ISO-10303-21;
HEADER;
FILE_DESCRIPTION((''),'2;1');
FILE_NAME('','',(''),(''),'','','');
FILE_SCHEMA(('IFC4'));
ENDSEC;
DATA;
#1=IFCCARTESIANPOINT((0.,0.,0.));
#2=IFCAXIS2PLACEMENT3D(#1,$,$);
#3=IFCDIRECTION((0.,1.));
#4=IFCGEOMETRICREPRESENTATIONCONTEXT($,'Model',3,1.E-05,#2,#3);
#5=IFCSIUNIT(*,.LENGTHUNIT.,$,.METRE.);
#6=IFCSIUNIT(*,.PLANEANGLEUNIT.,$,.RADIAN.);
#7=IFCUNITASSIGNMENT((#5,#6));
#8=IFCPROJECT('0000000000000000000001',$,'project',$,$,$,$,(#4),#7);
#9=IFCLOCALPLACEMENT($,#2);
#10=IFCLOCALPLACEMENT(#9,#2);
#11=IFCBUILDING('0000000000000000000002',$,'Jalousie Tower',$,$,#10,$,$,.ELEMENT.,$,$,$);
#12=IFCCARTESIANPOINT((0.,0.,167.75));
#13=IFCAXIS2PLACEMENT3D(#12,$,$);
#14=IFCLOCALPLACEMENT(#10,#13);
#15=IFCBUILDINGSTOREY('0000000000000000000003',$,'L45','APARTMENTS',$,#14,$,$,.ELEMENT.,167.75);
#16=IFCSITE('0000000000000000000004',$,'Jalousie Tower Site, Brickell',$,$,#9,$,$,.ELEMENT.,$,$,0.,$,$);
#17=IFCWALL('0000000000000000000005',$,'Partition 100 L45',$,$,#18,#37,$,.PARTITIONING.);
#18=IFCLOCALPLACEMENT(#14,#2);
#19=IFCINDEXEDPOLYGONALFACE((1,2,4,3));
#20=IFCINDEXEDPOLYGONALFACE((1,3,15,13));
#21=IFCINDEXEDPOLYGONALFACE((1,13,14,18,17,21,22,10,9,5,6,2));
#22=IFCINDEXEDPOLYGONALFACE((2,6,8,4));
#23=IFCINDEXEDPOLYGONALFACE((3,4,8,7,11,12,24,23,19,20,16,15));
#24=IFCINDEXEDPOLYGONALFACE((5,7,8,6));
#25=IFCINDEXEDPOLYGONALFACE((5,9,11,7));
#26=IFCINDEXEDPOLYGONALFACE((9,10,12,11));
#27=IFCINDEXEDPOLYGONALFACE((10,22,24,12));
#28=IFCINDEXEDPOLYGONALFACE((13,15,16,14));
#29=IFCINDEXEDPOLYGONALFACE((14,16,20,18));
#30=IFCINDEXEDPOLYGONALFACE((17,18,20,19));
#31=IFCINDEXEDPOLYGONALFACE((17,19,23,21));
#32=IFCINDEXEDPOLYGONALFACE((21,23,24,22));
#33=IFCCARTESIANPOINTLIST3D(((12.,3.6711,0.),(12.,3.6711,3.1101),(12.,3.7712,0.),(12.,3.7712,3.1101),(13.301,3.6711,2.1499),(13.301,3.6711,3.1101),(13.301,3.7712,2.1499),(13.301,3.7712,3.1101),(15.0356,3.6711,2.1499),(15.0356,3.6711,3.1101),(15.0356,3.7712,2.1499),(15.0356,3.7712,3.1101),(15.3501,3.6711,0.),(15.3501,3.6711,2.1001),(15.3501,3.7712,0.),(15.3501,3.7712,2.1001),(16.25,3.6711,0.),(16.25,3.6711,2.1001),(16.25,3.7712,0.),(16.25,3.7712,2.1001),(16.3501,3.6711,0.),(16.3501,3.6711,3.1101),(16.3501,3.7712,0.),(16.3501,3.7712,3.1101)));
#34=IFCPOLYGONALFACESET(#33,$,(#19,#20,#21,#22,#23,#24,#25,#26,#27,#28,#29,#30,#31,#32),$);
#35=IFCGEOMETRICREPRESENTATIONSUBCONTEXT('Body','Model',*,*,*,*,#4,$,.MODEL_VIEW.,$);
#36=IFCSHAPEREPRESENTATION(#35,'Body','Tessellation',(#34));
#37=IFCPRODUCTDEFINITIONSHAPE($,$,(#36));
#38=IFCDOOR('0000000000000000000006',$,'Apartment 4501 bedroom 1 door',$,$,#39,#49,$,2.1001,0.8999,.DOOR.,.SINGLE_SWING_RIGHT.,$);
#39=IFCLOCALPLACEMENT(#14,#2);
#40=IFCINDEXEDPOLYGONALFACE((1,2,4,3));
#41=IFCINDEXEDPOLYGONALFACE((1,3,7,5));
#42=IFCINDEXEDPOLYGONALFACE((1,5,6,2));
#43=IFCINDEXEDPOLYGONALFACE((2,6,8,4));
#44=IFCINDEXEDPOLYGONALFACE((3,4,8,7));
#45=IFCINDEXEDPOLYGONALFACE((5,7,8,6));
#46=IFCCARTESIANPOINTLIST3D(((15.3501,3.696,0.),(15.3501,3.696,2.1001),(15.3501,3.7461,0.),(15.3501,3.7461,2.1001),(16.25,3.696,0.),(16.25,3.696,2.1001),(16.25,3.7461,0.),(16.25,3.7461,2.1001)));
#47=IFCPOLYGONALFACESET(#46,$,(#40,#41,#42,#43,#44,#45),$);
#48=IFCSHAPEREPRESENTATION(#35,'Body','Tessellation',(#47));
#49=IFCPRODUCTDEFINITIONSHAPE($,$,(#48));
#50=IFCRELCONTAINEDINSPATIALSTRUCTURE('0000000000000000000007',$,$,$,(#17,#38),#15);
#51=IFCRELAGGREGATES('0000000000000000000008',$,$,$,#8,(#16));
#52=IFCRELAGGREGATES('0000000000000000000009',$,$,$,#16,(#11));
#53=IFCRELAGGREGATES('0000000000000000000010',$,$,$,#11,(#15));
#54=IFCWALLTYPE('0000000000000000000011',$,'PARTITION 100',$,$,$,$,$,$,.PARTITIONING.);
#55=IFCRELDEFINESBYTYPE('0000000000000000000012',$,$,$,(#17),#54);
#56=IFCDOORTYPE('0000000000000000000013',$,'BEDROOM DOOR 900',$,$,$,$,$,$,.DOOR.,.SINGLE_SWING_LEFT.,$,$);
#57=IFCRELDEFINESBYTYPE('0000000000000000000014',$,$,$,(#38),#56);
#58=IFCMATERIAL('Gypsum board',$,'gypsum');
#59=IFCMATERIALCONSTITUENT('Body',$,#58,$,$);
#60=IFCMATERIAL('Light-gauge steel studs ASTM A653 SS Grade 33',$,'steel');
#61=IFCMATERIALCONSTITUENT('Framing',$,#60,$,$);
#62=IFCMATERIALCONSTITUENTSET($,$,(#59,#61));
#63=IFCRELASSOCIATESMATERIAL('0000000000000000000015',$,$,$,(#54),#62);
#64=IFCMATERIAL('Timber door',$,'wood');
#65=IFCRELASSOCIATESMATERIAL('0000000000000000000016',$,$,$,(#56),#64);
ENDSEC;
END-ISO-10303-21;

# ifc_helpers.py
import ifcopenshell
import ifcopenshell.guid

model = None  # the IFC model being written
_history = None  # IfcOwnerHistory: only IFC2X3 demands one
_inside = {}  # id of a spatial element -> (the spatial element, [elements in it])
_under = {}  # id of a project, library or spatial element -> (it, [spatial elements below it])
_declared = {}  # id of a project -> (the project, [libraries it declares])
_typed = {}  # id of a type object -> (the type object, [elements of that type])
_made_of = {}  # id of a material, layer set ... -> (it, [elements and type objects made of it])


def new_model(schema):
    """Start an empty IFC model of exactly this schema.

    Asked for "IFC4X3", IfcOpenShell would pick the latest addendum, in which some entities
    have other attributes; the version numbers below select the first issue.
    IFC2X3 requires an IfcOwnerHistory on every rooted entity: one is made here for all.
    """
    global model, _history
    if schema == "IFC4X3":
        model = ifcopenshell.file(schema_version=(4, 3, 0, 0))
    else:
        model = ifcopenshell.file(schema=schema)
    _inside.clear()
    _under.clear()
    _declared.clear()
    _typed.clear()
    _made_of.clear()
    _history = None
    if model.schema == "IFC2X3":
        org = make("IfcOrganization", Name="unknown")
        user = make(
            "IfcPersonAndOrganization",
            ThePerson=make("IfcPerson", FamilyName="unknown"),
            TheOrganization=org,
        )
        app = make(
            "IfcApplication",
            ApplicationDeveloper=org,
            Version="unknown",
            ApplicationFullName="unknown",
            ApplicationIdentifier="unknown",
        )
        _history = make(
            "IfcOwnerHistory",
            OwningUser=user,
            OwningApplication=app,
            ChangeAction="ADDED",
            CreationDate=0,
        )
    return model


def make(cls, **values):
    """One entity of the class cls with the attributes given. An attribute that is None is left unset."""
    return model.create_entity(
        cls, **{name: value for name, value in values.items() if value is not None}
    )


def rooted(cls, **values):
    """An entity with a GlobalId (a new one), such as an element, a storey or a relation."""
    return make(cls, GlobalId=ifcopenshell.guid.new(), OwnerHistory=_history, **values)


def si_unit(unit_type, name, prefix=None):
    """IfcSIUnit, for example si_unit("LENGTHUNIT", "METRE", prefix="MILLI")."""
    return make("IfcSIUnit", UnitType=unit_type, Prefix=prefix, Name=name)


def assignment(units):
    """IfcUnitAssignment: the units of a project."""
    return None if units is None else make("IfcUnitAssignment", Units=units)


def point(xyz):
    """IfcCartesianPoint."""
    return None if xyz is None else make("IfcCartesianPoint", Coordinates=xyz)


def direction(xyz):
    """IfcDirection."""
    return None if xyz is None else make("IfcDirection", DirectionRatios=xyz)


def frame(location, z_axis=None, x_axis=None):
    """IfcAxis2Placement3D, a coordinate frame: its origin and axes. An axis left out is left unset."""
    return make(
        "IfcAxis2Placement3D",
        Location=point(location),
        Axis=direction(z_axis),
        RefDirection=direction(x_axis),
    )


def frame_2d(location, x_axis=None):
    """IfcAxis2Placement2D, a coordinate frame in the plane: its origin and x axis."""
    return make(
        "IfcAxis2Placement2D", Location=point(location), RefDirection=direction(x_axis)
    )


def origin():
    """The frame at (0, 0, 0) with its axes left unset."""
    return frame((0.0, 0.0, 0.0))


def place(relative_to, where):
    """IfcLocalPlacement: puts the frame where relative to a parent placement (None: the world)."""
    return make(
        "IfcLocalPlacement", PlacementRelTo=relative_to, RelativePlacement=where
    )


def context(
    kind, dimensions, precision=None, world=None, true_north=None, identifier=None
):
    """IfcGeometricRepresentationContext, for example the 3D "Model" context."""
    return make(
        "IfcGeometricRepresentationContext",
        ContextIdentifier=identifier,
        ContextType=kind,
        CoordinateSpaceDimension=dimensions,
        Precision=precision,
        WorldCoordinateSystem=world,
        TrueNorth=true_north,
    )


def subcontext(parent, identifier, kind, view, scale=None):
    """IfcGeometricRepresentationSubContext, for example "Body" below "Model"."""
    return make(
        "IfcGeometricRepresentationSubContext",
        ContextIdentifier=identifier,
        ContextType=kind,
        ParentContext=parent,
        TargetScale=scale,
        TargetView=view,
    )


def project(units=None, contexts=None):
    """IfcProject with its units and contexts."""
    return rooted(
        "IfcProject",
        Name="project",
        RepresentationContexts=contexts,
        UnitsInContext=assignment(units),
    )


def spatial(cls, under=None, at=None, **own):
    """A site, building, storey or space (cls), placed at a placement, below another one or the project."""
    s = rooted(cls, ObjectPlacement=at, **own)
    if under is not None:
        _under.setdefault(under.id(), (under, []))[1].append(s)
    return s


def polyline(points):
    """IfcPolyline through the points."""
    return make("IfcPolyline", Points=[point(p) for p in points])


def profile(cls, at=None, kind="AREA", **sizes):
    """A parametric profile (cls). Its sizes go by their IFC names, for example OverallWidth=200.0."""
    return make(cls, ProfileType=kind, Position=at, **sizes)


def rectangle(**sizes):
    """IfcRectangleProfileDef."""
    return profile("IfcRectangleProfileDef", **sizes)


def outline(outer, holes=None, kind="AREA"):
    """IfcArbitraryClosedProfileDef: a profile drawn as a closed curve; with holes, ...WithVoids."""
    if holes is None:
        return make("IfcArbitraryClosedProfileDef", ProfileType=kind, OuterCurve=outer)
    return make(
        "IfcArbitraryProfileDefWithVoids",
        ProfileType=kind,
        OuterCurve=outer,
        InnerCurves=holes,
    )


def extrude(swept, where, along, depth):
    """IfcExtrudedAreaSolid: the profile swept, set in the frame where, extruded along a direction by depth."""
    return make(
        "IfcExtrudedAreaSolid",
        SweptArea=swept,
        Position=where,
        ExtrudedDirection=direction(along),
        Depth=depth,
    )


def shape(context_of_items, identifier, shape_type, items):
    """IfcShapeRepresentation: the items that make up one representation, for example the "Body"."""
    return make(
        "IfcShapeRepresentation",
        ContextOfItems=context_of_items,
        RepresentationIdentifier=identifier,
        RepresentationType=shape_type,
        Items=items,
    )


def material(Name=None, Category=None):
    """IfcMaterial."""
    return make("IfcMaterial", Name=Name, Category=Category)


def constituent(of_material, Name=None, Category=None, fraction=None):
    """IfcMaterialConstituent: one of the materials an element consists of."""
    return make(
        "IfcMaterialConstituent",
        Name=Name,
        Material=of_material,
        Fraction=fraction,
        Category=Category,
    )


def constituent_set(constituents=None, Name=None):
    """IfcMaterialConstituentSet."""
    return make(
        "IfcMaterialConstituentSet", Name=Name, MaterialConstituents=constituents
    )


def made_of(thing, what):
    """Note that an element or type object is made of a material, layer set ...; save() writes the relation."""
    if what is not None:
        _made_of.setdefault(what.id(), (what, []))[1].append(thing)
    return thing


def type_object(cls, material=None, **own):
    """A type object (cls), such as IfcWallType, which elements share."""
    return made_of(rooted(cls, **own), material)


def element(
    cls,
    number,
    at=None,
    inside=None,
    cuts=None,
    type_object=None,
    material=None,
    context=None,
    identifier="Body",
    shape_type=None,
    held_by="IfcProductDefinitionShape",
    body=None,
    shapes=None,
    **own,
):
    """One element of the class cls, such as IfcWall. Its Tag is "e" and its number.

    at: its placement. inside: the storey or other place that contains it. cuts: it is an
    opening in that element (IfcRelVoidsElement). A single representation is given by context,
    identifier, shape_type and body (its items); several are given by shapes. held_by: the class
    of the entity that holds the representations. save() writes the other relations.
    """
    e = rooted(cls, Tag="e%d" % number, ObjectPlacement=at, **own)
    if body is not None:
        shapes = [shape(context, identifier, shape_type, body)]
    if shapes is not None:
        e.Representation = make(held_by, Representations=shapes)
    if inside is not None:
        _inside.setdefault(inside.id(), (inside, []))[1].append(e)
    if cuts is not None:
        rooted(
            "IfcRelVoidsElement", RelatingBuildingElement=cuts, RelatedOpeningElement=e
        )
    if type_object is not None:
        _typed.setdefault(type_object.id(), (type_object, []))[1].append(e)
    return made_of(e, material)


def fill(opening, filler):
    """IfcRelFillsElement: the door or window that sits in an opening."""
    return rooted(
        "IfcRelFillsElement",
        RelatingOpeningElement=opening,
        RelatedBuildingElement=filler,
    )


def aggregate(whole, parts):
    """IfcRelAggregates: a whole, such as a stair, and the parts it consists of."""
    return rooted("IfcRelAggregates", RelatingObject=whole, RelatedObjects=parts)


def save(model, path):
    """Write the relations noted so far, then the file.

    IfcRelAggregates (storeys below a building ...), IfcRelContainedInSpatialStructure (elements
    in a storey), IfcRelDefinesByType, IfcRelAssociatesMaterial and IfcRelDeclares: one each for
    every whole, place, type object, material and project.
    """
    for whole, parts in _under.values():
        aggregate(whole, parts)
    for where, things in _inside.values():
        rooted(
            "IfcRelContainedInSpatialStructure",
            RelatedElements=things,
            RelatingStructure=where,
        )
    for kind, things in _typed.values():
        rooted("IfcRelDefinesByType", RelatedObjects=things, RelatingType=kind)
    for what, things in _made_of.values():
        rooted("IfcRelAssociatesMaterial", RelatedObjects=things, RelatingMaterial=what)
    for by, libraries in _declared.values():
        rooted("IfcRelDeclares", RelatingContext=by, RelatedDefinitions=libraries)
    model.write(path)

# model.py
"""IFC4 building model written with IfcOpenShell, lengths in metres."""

from ifc_helpers import new_model, si_unit, direction, frame, frame_2d, origin, place, context, subcontext, project, spatial, polyline, rectangle, outline, extrude, material, constituent, constituent_set, type_object, element, fill, save


model = new_model("IFC4")

# Units and contexts
model_context = context("Model", 3, precision=1e-05, world=origin(), true_north=direction((0.0, 1.0)))
body_context = subcontext(model_context, "Body", "Model", "MODEL_VIEW")
ifc_project = project(units=[si_unit("LENGTHUNIT", "METRE"), si_unit("PLANEANGLEUNIT", "RADIAN")], contexts=[model_context])

# Site, building, storey
site_placement = place(None, origin())
site = spatial("IfcSite", under=ifc_project, at=site_placement, Name="Jalousie Tower Site, Brickell", CompositionType="ELEMENT", RefElevation=0.0)
building_placement = place(site_placement, origin())
building = spatial("IfcBuilding", under=site, at=building_placement, Name="Jalousie Tower", CompositionType="ELEMENT")
storey_placement = place(building_placement, frame((0.0, 0.0, 167.75)))
storey = spatial("IfcBuildingStorey", under=building, at=storey_placement, Name="L45", Description="APARTMENTS", CompositionType="ELEMENT", Elevation=167.75)

# Wall, opening, door
ifc_material_1 = material(Name="Gypsum board", Category="gypsum")
ifc_constituent_1 = constituent(ifc_material_1, Name="Body")
ifc_material_2 = material(Name="Light-gauge steel studs ASTM A653 SS Grade 33", Category="steel")
ifc_constituent_2 = constituent(ifc_material_2, Name="Framing")
ifc_constituent_set_1 = constituent_set(constituents=[ifc_constituent_1, ifc_constituent_2])
wall_type_1 = type_object("IfcWallType", Name="PARTITION 100", PredefinedType="PARTITIONING", material=ifc_constituent_set_1)
wall_1_placement = place(storey_placement, frame((16.3501, 3.7212, 0.0), z_axis=(0.0, 0.0, 1.0), x_axis=(-1.0, 0.0, 0.0)))
wall_1 = element("IfcWall", 1, at=wall_1_placement, inside=storey, type_object=wall_type_1, Name="Partition 100 L45", PredefinedType="PARTITIONING", context=body_context, shape_type="SweptSolid", body=[
    extrude(outline(polyline([(0.0, 0.0), (4.3501, 0.0), (4.3501, 3.1101), (3.0491, 3.1101), (3.0491, 2.1499), (1.3145, 2.1499), (1.3145, 3.1101), (0.0, 3.1101), (0.0, 0.0)])), frame((0.0, 0.05, 0.0), z_axis=(0.0, -1.0, 0.0), x_axis=(1.0, 0.0, 0.0)), (0.0, 0.0, 1.0), 0.1001),
])
opening_1_placement = place(wall_1_placement, frame((0.1001, 0.0, 0.0)))
opening_1 = element("IfcOpeningElement", 2, at=opening_1_placement, cuts=wall_1, PredefinedType="OPENING", context=body_context, shape_type="SweptSolid", body=[
    extrude(rectangle(XDim=0.8999, YDim=2.1001, at=frame_2d((0.45, 1.05))), frame((0.0, 0.0601, 0.0), z_axis=(0.0, -1.0, 0.0), x_axis=(1.0, 0.0, 0.0)), (0.0, 0.0, 1.0), 0.1201),
])
ifc_material_3 = material(Name="Timber door", Category="wood")
door_type_1 = type_object("IfcDoorType", Name="BEDROOM DOOR 900", OperationType="SINGLE_SWING_LEFT", PredefinedType="DOOR", material=ifc_material_3)
door_1_placement = place(opening_1_placement, frame((0.8999, 0.0, 0.0), z_axis=(0.0, 0.0, 1.0), x_axis=(-1.0, 0.0, 0.0)))
door_1 = element("IfcDoor", 3, at=door_1_placement, inside=storey, type_object=door_type_1, Name="Apartment 4501 bedroom 1 door", OperationType="SINGLE_SWING_RIGHT", OverallHeight=2.1001, OverallWidth=0.8999, PredefinedType="DOOR", context=body_context, shape_type="SweptSolid", body=[
    extrude(rectangle(XDim=0.8999, YDim=2.1001, at=frame_2d((0.45, 1.05))), frame((0.0, 0.0249, 0.0), z_axis=(0.0, -1.0, 0.0), x_axis=(1.0, 0.0, 0.0)), (0.0, 0.0, 1.0), 0.05),
])
fill(opening_1, door_1)

save(model, "model.ifc")
